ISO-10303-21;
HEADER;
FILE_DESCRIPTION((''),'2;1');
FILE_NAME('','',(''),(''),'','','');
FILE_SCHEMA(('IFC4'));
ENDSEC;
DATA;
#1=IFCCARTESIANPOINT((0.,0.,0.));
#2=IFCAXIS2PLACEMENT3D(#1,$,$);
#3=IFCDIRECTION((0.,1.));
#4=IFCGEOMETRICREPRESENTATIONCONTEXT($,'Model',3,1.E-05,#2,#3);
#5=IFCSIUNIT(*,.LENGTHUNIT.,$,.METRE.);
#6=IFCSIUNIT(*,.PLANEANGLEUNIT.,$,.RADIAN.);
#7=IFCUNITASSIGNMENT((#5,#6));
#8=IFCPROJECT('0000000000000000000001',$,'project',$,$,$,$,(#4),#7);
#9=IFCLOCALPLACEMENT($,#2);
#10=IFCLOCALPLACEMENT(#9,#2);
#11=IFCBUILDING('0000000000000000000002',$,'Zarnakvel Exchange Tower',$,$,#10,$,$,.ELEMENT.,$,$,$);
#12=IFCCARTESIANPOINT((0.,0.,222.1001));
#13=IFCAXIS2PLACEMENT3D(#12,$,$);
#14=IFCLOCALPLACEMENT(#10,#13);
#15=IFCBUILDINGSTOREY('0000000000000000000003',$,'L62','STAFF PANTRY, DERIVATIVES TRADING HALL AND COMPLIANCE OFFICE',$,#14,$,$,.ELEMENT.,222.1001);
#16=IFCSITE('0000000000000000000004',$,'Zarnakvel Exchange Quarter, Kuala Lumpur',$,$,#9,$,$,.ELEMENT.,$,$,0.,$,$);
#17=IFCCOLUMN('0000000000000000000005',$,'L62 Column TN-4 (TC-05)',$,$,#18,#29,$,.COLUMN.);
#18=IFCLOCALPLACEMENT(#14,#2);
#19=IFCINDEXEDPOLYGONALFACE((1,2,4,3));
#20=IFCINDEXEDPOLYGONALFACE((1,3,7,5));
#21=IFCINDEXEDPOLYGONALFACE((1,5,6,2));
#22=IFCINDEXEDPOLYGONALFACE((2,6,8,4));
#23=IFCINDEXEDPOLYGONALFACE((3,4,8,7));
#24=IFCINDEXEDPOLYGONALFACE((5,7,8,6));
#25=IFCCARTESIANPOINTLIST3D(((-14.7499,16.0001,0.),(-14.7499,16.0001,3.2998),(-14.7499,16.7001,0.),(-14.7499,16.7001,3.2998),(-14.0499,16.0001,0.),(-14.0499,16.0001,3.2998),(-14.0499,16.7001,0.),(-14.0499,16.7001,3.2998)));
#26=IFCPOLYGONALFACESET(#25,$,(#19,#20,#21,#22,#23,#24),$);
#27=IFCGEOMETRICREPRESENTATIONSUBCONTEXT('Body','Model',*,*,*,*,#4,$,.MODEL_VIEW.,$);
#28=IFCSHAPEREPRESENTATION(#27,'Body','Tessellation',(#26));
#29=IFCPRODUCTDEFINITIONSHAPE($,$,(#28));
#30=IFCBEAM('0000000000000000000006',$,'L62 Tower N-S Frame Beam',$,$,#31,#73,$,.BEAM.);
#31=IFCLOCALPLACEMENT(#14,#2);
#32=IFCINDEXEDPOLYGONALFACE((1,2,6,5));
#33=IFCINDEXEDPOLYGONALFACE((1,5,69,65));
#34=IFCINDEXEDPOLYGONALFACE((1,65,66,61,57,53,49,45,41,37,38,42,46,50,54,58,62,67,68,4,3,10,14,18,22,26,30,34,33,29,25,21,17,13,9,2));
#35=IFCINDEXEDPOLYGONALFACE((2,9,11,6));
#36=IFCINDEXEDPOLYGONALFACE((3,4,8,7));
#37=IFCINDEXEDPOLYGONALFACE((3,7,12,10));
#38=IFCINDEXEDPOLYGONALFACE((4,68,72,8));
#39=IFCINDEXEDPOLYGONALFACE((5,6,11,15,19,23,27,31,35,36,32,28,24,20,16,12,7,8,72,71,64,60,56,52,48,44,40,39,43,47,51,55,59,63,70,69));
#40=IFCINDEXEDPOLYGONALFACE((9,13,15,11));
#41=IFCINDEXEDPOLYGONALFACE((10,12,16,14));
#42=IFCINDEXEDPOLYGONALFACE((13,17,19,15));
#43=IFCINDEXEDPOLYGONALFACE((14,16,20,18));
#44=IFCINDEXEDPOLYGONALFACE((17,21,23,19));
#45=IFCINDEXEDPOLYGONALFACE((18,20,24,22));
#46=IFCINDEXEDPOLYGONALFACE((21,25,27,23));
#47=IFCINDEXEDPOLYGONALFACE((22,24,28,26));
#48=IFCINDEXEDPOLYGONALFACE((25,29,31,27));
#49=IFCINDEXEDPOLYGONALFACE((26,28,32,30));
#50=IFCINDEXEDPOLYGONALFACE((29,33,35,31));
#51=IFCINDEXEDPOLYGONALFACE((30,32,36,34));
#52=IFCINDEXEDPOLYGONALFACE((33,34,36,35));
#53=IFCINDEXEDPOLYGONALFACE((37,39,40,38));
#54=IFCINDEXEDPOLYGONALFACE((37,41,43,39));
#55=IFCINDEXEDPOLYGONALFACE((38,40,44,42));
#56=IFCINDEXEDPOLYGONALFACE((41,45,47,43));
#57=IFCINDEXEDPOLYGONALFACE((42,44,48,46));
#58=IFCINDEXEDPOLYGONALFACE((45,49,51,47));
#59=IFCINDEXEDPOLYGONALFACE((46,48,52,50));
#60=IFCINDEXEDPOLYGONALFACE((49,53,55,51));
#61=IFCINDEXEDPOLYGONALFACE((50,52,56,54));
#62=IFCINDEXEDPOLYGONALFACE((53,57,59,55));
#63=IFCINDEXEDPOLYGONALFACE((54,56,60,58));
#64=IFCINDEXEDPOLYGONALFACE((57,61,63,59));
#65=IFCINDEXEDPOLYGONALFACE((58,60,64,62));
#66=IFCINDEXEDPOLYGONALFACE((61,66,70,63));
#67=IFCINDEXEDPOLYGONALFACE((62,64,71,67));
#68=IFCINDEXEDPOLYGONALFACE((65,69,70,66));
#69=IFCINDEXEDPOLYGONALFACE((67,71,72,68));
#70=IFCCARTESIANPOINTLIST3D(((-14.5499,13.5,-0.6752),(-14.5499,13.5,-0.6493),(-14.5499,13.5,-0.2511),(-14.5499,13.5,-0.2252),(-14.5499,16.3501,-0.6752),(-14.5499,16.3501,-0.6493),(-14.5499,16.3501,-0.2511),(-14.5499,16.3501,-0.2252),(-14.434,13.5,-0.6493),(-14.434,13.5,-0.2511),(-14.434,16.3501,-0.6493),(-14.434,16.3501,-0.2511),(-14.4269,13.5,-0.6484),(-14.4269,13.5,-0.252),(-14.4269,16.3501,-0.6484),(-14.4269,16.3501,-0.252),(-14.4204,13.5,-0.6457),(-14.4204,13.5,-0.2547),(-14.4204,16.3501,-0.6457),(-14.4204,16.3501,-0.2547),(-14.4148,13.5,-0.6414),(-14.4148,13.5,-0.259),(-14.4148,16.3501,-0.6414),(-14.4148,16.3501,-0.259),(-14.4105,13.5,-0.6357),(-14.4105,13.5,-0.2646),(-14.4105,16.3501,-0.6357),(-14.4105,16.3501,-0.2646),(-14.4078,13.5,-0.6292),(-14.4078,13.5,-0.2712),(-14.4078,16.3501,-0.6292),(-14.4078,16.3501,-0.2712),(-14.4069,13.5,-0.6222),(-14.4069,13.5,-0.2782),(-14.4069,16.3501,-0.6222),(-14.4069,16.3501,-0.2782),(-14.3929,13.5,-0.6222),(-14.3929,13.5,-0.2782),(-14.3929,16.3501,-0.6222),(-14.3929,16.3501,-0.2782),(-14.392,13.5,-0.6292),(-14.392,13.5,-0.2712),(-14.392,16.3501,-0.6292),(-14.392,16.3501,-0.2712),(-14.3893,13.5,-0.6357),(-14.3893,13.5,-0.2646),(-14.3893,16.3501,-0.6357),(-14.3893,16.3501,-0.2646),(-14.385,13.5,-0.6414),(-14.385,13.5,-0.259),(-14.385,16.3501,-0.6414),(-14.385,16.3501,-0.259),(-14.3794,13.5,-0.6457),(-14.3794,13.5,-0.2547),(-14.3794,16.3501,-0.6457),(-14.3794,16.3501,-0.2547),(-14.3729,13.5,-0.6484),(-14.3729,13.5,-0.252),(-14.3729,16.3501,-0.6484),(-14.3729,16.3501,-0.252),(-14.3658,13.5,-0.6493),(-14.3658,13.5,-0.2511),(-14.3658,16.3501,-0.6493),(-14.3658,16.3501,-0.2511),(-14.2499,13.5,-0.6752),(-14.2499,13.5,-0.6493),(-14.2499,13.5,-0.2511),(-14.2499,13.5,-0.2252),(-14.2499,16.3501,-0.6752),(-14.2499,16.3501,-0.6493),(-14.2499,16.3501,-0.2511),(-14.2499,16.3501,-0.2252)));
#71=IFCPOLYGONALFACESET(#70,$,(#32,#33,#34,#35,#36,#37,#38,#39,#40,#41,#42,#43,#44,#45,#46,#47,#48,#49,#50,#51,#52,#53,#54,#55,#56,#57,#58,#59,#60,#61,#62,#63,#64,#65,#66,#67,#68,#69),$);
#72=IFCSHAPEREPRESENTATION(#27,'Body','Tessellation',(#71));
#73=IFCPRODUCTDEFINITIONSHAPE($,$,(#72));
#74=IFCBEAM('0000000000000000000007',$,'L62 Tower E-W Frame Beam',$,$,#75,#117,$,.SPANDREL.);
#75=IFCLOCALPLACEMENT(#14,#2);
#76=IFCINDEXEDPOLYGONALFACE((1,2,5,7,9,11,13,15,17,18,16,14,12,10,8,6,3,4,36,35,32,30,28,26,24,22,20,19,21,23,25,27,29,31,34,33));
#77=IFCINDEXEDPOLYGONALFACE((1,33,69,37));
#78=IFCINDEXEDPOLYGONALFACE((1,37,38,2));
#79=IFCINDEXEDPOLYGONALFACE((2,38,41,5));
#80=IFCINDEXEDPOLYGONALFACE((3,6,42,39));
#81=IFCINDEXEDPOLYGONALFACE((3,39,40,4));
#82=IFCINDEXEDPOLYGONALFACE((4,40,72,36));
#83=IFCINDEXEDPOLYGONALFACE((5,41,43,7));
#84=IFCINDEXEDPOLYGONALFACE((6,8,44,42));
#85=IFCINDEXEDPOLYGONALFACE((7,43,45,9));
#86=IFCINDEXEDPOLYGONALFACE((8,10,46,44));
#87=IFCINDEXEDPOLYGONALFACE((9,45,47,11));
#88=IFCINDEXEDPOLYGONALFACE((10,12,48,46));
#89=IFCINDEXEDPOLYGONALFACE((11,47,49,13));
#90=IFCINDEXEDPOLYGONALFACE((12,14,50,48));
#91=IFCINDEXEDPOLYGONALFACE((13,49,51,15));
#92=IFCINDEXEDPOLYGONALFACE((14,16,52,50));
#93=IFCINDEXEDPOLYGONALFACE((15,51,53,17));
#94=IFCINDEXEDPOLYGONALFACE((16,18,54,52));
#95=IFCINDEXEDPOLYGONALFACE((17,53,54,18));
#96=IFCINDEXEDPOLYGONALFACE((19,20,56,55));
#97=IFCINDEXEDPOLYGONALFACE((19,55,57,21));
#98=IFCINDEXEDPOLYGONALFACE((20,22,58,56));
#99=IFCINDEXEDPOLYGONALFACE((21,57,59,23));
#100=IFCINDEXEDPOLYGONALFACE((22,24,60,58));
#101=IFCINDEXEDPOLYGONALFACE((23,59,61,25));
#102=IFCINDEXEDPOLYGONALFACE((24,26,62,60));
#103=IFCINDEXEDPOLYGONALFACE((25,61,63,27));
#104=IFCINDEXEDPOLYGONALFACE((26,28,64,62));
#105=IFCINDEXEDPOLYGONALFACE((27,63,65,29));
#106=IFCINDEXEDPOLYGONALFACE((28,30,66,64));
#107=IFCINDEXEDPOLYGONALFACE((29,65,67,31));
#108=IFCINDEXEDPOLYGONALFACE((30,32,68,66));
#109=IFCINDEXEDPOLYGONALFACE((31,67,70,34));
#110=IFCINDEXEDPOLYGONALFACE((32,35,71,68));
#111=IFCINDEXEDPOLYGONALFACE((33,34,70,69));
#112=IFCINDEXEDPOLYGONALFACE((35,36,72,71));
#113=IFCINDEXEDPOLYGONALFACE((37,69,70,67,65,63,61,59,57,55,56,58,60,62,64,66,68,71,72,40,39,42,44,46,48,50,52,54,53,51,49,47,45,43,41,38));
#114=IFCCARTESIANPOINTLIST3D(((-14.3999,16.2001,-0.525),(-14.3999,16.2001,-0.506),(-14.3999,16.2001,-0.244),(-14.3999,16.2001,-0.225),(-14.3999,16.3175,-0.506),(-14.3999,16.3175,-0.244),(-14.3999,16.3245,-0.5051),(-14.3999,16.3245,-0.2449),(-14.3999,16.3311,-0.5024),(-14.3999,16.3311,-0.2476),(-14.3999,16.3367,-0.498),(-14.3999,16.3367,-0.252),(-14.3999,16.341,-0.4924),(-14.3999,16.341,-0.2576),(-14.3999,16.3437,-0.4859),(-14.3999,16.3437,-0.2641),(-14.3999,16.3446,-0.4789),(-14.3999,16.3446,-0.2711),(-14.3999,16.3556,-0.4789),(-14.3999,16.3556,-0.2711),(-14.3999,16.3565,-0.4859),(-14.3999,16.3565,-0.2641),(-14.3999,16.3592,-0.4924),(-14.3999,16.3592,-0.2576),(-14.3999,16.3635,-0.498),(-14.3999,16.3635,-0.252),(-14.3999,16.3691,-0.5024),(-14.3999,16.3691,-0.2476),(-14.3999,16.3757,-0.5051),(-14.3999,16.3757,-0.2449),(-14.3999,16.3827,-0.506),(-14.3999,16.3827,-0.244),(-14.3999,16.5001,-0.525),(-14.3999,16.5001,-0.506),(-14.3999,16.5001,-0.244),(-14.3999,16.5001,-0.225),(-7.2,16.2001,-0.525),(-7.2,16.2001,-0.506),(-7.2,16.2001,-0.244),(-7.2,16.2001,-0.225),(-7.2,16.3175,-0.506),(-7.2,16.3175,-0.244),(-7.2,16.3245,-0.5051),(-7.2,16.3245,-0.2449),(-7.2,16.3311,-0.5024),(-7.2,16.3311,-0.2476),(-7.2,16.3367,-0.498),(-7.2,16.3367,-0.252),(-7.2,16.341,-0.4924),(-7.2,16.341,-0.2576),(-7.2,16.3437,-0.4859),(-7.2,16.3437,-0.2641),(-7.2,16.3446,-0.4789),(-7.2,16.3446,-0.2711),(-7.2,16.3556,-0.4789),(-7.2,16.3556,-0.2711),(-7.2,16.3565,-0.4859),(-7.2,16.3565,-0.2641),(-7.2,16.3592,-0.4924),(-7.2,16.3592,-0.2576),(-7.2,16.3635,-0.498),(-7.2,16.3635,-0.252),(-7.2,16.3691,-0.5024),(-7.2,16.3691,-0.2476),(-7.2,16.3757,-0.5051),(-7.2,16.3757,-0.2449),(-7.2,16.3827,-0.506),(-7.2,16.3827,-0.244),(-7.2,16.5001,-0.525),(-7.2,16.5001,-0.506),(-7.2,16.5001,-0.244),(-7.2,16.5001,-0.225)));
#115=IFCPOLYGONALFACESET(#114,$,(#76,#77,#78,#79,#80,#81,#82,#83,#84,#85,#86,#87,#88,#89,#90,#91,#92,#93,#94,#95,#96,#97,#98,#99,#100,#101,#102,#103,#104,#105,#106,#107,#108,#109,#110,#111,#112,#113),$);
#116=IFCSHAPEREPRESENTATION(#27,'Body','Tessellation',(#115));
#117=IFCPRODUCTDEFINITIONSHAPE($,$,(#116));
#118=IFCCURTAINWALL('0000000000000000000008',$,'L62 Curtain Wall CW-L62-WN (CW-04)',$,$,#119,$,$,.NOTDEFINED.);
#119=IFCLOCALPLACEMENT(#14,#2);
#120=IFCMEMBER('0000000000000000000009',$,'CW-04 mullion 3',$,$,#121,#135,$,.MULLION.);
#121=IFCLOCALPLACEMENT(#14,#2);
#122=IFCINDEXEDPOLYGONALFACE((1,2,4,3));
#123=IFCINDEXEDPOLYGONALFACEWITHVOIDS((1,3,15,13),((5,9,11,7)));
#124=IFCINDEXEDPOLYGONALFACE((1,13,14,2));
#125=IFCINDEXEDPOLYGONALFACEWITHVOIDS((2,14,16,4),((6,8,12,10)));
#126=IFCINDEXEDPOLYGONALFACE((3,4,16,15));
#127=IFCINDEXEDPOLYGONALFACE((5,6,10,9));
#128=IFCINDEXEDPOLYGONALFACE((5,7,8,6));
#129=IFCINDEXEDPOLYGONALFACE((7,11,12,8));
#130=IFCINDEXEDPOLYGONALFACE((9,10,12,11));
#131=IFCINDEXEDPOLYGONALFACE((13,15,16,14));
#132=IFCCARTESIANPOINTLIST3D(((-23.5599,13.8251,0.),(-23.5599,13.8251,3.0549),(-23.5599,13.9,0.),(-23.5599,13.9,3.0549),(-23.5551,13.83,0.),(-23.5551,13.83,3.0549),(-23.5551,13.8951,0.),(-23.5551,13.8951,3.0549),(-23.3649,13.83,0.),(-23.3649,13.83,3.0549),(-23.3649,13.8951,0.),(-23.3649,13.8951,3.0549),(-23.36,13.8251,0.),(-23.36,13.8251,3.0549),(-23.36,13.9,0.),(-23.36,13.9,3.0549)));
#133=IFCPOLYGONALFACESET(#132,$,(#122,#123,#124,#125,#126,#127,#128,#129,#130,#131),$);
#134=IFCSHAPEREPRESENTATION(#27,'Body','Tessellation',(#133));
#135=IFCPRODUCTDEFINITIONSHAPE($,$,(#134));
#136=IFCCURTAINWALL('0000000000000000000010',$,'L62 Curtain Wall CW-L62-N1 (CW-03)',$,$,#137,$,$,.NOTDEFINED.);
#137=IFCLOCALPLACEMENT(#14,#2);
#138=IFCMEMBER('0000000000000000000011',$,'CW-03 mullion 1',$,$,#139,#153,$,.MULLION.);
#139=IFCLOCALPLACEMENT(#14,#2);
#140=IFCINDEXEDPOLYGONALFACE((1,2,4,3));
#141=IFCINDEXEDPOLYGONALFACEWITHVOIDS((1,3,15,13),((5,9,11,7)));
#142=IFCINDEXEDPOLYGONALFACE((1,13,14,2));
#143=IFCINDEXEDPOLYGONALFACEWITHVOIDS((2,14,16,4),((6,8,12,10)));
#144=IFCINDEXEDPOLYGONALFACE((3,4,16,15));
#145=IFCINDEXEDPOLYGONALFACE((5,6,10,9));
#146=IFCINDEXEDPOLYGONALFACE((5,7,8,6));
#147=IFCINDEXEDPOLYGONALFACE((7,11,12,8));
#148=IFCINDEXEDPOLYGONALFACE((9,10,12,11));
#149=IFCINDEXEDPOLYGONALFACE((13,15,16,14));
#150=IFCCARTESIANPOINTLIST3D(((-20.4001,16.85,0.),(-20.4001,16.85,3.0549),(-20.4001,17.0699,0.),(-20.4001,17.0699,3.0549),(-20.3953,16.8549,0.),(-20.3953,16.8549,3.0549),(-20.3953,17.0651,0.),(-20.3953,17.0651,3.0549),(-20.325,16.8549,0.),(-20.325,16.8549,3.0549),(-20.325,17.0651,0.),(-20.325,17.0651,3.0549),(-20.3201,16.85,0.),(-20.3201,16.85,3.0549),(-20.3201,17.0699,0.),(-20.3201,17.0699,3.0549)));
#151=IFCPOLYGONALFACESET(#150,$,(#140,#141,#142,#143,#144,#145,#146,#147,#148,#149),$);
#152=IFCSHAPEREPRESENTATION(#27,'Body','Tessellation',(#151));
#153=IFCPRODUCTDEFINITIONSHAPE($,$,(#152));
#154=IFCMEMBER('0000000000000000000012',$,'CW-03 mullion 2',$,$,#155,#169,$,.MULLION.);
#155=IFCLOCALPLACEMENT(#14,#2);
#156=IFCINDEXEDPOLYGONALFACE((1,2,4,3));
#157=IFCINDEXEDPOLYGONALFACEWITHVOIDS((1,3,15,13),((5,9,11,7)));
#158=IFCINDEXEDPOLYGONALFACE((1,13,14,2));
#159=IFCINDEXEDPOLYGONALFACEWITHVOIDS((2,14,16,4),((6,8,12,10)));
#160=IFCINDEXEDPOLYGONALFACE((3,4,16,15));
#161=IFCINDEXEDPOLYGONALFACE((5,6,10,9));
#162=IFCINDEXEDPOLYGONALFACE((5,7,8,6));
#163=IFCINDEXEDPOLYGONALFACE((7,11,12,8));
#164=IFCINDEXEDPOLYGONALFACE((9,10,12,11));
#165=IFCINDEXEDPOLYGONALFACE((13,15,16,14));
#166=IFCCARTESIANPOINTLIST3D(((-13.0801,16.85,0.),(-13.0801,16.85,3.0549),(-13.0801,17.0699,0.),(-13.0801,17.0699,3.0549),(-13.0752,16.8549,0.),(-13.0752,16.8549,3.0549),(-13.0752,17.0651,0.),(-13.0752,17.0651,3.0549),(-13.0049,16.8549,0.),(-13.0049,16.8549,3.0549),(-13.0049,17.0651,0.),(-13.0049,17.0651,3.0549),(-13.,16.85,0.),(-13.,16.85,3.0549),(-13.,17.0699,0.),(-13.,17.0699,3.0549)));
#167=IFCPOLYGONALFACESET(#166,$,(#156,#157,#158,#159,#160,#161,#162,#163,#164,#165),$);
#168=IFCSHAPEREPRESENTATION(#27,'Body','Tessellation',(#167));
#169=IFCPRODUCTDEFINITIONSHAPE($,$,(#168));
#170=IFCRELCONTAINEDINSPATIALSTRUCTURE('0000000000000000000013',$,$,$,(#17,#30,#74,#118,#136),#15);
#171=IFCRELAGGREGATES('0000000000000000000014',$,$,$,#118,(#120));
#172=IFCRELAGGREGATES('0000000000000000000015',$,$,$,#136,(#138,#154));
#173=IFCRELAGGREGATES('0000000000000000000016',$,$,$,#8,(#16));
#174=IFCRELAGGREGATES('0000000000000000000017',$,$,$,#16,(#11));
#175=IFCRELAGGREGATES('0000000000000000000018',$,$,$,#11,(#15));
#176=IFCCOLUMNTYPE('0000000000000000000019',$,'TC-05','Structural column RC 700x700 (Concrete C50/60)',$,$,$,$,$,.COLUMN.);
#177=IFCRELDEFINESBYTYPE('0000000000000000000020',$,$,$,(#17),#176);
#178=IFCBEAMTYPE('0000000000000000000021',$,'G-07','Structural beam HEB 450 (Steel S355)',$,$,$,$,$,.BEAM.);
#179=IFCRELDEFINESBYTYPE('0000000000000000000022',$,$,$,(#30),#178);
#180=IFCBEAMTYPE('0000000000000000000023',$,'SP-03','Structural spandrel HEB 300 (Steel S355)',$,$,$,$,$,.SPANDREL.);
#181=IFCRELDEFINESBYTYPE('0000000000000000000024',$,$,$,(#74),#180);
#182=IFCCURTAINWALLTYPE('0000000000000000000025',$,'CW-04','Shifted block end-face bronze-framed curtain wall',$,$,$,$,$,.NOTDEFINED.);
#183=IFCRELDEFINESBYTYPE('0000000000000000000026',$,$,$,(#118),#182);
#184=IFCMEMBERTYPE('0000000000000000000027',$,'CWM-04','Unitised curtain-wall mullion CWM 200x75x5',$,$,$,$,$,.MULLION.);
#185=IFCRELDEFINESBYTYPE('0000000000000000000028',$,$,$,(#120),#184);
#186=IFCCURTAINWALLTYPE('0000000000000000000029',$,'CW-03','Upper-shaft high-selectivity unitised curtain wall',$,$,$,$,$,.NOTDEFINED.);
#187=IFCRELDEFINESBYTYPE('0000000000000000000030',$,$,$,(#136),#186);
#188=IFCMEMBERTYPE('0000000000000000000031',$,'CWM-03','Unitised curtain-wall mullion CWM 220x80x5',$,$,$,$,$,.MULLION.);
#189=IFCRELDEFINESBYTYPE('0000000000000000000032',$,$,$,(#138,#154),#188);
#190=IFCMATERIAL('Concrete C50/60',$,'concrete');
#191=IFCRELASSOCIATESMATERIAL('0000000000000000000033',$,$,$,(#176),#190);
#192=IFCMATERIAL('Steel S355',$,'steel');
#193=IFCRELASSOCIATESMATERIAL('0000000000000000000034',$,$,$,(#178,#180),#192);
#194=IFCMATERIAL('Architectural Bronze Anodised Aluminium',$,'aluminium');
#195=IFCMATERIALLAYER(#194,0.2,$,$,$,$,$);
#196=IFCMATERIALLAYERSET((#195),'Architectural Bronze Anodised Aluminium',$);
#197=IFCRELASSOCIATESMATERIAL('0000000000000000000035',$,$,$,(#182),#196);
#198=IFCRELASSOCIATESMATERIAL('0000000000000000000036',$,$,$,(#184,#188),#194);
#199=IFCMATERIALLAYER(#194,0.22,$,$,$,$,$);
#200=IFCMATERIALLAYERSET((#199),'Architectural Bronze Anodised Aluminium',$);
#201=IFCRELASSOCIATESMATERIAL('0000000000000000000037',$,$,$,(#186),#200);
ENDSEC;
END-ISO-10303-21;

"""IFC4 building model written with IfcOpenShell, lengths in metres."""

from ifc_helpers import new_model, si_unit, direction, frame, origin, origin_2d, place, context, subcontext, project, spatial, rectangle, hollow_rectangle, i_section, extrude, source, transform, mapped, material, layer, layer_set, material_profile, profile_set, type_object, element, aggregate, save


model = new_model("IFC4")

# Units and contexts
model_context = context("Model", 3, precision=1e-05, world=origin(), true_north=direction((0.0, 1.0)))
body_context = subcontext(model_context, "Body", "Model", "MODEL_VIEW")
ifc_project = project(units=[si_unit("LENGTHUNIT", "METRE"), si_unit("PLANEANGLEUNIT", "RADIAN")], contexts=[model_context])

# Site, building, storey
site_placement = place(None, origin())
site = spatial("IfcSite", under=ifc_project, at=site_placement, Name="Zarnakvel Exchange Quarter, Kuala Lumpur", CompositionType="ELEMENT", RefElevation=0.0)
building_placement = place(site_placement, origin())
building = spatial("IfcBuilding", under=site, at=building_placement, Name="Zarnakvel Exchange Tower", CompositionType="ELEMENT")
storey_placement = place(building_placement, frame((0.0, 0.0, 222.1001)))
storey = spatial("IfcBuildingStorey", under=building, at=storey_placement, Name="L62", Description="STAFF PANTRY, DERIVATIVES TRADING HALL AND COMPLIANCE OFFICE", CompositionType="ELEMENT", Elevation=222.1001)

# Column
ifc_material_1 = material(Name="Concrete C50/60", Category="concrete")
ifc_material_profile_1 = material_profile(ifc_material_1, rectangle(XDim=0.7, YDim=0.7, at=origin_2d()))
ifc_profile_set_1 = profile_set([ifc_material_profile_1], Name="Concrete C50/60")
column_type = type_object("IfcColumnType", Name="TC-05", Description="Structural column RC 700x700 (Concrete C50/60)", PredefinedType="COLUMN", material=ifc_profile_set_1)
column_placement = place(storey_placement, frame((-14.3999, 16.3501, 0.0), z_axis=(0.0, 0.0, 1.0), x_axis=(1.0, 0.0, 0.0)))
element("IfcColumn", 1, at=column_placement, inside=storey, type_object=column_type, Name="L62 Column TN-4 (TC-05)", PredefinedType="COLUMN", context=body_context, shape_type="SweptSolid", body=[
    extrude(rectangle(XDim=0.7, YDim=0.7, at=origin_2d()), origin(), (0.0, 0.0, 1.0), 3.2998),
])

# Beams
ifc_material_2 = material(Name="Steel S355", Category="steel")
ifc_material_profile_2 = material_profile(ifc_material_2, i_section(OverallWidth=0.3, OverallDepth=0.45, WebThickness=0.0139, FlangeThickness=0.0259, FilletRadius=0.0271, at=origin_2d()))
ifc_profile_set_2 = profile_set([ifc_material_profile_2], Name="Steel S355")
beam_type_1 = type_object("IfcBeamType", Name="G-07", Description="Structural beam HEB 450 (Steel S355)", PredefinedType="BEAM", material=ifc_profile_set_2)
beam_1_placement = place(storey_placement, frame((-14.3999, 13.5, -0.4502), z_axis=(0.0, 1.0, 0.0), x_axis=(-1.0, 0.0, 0.0)))
element("IfcBeam", 2, at=beam_1_placement, inside=storey, type_object=beam_type_1, Name="L62 Tower N-S Frame Beam", PredefinedType="BEAM", context=body_context, shape_type="SweptSolid", body=[
    extrude(i_section(OverallWidth=0.3, OverallDepth=0.45, WebThickness=0.0139, FlangeThickness=0.0259, FilletRadius=0.0271, at=origin_2d()), origin(), (0.0, 0.0, 1.0), 2.8501),
])
ifc_material_profile_3 = material_profile(ifc_material_2, i_section(OverallWidth=0.3, OverallDepth=0.3, WebThickness=0.011, FlangeThickness=0.019, FilletRadius=0.0271, at=origin_2d()))
ifc_profile_set_3 = profile_set([ifc_material_profile_3], Name="Steel S355")
beam_type_2 = type_object("IfcBeamType", Name="SP-03", Description="Structural spandrel HEB 300 (Steel S355)", PredefinedType="SPANDREL", material=ifc_profile_set_3)
beam_2_placement = place(storey_placement, frame((-14.3999, 16.3501, -0.375), z_axis=(1.0, 0.0, 0.0), x_axis=(0.0, 1.0, 0.0)))
element("IfcBeam", 3, at=beam_2_placement, inside=storey, type_object=beam_type_2, Name="L62 Tower E-W Frame Beam", PredefinedType="SPANDREL", context=body_context, shape_type="SweptSolid", body=[
    extrude(i_section(OverallWidth=0.3, OverallDepth=0.3, WebThickness=0.011, FlangeThickness=0.019, FilletRadius=0.0271, at=origin_2d()), origin(), (0.0, 0.0, 1.0), 7.2),
])

# Curtain wall, member
ifc_material_3 = material(Name="Architectural Bronze Anodised Aluminium", Category="aluminium")
ifc_layer_1 = layer(ifc_material_3, 0.2)
ifc_layer_set_1 = layer_set([ifc_layer_1], Name="Architectural Bronze Anodised Aluminium")
curtain_wall_type_1 = type_object("IfcCurtainWallType", Name="CW-04", Description="Shifted block end-face bronze-framed curtain wall", PredefinedType="NOTDEFINED", material=ifc_layer_set_1)
curtain_wall_1_placement = place(storey_placement, origin())
curtain_wall_1 = element("IfcCurtainWall", 4, at=curtain_wall_1_placement, inside=storey, type_object=curtain_wall_type_1, Name="L62 Curtain Wall CW-L62-WN (CW-04)", PredefinedType="NOTDEFINED")
ifc_material_profile_4 = material_profile(ifc_material_3, hollow_rectangle(XDim=0.2, YDim=0.075, WallThickness=0.0049, at=origin_2d()))
ifc_profile_set_4 = profile_set([ifc_material_profile_4], Name="Architectural Bronze Anodised Aluminium")
member_type_1 = type_object("IfcMemberType", Name="CWM-04", Description="Unitised curtain-wall mullion CWM 200x75x5", PredefinedType="MULLION", material=ifc_profile_set_4)
shared_shape_1 = source(origin(), body_context, "Body", "SweptSolid", [
    extrude(hollow_rectangle(XDim=0.2, YDim=0.075, WallThickness=0.0049, at=origin_2d()), origin(), (0.0, 0.0, 1.0), 3.0549),
])
member_1_placement = place(storey_placement, frame((-23.46, 13.8625, 0.0), z_axis=(0.0, 0.0, 1.0), x_axis=(-1.0, 0.0, 0.0)))
member_1 = element("IfcMember", 5, at=member_1_placement, type_object=member_type_1, Name="CW-04 mullion 3", PredefinedType="MULLION", context=body_context, shape_type="MappedRepresentation", body=[
    mapped(shared_shape_1, transform((0.0, 0.0, 0.0), x_axis=(1.0, 0.0, 0.0), y_axis=(0.0, 1.0, 0.0), z_axis=(0.0, 0.0, 1.0), scale=1.0)),
])
aggregate(curtain_wall_1, [member_1])

# Curtain wall, members
ifc_layer_2 = layer(ifc_material_3, 0.22)
ifc_layer_set_2 = layer_set([ifc_layer_2], Name="Architectural Bronze Anodised Aluminium")
curtain_wall_type_2 = type_object("IfcCurtainWallType", Name="CW-03", Description="Upper-shaft high-selectivity unitised curtain wall", PredefinedType="NOTDEFINED", material=ifc_layer_set_2)
curtain_wall_2_placement = place(storey_placement, origin())
curtain_wall_2 = element("IfcCurtainWall", 6, at=curtain_wall_2_placement, inside=storey, type_object=curtain_wall_type_2, Name="L62 Curtain Wall CW-L62-N1 (CW-03)", PredefinedType="NOTDEFINED")
ifc_material_profile_5 = material_profile(ifc_material_3, hollow_rectangle(XDim=0.22, YDim=0.0801, WallThickness=0.0049, at=origin_2d()))
ifc_profile_set_5 = profile_set([ifc_material_profile_5], Name="Architectural Bronze Anodised Aluminium")
member_type_2 = type_object("IfcMemberType", Name="CWM-03", Description="Unitised curtain-wall mullion CWM 220x80x5", PredefinedType="MULLION", material=ifc_profile_set_5)
shared_shape_2 = source(origin(), body_context, "Body", "SweptSolid", [
    extrude(hollow_rectangle(XDim=0.22, YDim=0.0801, WallThickness=0.0049, at=origin_2d()), origin(), (0.0, 0.0, 1.0), 3.0549),
])
member_2_placement = place(storey_placement, frame((-20.3601, 16.96, 0.0), z_axis=(0.0, 0.0, 1.0), x_axis=(0.0, 1.0, 0.0)))
member_2 = element("IfcMember", 7, at=member_2_placement, type_object=member_type_2, Name="CW-03 mullion 1", PredefinedType="MULLION", context=body_context, shape_type="MappedRepresentation", body=[
    mapped(shared_shape_2, transform((0.0, 0.0, 0.0), x_axis=(1.0, 0.0, 0.0), y_axis=(0.0, 1.0, 0.0), z_axis=(0.0, 0.0, 1.0), scale=1.0)),
])
member_3_placement = place(storey_placement, frame((-13.04, 16.96, 0.0), z_axis=(0.0, 0.0, 1.0), x_axis=(0.0, 1.0, 0.0)))
member_3 = element("IfcMember", 8, at=member_3_placement, type_object=member_type_2, Name="CW-03 mullion 2", PredefinedType="MULLION", context=body_context, shape_type="MappedRepresentation", body=[
    mapped(shared_shape_2, transform((0.0, 0.0, 0.0), x_axis=(1.0, 0.0, 0.0), y_axis=(0.0, 1.0, 0.0), z_axis=(0.0, 0.0, 1.0), scale=1.0)),
])
aggregate(curtain_wall_2, [member_2, member_3])

save(model, "model.ifc")
